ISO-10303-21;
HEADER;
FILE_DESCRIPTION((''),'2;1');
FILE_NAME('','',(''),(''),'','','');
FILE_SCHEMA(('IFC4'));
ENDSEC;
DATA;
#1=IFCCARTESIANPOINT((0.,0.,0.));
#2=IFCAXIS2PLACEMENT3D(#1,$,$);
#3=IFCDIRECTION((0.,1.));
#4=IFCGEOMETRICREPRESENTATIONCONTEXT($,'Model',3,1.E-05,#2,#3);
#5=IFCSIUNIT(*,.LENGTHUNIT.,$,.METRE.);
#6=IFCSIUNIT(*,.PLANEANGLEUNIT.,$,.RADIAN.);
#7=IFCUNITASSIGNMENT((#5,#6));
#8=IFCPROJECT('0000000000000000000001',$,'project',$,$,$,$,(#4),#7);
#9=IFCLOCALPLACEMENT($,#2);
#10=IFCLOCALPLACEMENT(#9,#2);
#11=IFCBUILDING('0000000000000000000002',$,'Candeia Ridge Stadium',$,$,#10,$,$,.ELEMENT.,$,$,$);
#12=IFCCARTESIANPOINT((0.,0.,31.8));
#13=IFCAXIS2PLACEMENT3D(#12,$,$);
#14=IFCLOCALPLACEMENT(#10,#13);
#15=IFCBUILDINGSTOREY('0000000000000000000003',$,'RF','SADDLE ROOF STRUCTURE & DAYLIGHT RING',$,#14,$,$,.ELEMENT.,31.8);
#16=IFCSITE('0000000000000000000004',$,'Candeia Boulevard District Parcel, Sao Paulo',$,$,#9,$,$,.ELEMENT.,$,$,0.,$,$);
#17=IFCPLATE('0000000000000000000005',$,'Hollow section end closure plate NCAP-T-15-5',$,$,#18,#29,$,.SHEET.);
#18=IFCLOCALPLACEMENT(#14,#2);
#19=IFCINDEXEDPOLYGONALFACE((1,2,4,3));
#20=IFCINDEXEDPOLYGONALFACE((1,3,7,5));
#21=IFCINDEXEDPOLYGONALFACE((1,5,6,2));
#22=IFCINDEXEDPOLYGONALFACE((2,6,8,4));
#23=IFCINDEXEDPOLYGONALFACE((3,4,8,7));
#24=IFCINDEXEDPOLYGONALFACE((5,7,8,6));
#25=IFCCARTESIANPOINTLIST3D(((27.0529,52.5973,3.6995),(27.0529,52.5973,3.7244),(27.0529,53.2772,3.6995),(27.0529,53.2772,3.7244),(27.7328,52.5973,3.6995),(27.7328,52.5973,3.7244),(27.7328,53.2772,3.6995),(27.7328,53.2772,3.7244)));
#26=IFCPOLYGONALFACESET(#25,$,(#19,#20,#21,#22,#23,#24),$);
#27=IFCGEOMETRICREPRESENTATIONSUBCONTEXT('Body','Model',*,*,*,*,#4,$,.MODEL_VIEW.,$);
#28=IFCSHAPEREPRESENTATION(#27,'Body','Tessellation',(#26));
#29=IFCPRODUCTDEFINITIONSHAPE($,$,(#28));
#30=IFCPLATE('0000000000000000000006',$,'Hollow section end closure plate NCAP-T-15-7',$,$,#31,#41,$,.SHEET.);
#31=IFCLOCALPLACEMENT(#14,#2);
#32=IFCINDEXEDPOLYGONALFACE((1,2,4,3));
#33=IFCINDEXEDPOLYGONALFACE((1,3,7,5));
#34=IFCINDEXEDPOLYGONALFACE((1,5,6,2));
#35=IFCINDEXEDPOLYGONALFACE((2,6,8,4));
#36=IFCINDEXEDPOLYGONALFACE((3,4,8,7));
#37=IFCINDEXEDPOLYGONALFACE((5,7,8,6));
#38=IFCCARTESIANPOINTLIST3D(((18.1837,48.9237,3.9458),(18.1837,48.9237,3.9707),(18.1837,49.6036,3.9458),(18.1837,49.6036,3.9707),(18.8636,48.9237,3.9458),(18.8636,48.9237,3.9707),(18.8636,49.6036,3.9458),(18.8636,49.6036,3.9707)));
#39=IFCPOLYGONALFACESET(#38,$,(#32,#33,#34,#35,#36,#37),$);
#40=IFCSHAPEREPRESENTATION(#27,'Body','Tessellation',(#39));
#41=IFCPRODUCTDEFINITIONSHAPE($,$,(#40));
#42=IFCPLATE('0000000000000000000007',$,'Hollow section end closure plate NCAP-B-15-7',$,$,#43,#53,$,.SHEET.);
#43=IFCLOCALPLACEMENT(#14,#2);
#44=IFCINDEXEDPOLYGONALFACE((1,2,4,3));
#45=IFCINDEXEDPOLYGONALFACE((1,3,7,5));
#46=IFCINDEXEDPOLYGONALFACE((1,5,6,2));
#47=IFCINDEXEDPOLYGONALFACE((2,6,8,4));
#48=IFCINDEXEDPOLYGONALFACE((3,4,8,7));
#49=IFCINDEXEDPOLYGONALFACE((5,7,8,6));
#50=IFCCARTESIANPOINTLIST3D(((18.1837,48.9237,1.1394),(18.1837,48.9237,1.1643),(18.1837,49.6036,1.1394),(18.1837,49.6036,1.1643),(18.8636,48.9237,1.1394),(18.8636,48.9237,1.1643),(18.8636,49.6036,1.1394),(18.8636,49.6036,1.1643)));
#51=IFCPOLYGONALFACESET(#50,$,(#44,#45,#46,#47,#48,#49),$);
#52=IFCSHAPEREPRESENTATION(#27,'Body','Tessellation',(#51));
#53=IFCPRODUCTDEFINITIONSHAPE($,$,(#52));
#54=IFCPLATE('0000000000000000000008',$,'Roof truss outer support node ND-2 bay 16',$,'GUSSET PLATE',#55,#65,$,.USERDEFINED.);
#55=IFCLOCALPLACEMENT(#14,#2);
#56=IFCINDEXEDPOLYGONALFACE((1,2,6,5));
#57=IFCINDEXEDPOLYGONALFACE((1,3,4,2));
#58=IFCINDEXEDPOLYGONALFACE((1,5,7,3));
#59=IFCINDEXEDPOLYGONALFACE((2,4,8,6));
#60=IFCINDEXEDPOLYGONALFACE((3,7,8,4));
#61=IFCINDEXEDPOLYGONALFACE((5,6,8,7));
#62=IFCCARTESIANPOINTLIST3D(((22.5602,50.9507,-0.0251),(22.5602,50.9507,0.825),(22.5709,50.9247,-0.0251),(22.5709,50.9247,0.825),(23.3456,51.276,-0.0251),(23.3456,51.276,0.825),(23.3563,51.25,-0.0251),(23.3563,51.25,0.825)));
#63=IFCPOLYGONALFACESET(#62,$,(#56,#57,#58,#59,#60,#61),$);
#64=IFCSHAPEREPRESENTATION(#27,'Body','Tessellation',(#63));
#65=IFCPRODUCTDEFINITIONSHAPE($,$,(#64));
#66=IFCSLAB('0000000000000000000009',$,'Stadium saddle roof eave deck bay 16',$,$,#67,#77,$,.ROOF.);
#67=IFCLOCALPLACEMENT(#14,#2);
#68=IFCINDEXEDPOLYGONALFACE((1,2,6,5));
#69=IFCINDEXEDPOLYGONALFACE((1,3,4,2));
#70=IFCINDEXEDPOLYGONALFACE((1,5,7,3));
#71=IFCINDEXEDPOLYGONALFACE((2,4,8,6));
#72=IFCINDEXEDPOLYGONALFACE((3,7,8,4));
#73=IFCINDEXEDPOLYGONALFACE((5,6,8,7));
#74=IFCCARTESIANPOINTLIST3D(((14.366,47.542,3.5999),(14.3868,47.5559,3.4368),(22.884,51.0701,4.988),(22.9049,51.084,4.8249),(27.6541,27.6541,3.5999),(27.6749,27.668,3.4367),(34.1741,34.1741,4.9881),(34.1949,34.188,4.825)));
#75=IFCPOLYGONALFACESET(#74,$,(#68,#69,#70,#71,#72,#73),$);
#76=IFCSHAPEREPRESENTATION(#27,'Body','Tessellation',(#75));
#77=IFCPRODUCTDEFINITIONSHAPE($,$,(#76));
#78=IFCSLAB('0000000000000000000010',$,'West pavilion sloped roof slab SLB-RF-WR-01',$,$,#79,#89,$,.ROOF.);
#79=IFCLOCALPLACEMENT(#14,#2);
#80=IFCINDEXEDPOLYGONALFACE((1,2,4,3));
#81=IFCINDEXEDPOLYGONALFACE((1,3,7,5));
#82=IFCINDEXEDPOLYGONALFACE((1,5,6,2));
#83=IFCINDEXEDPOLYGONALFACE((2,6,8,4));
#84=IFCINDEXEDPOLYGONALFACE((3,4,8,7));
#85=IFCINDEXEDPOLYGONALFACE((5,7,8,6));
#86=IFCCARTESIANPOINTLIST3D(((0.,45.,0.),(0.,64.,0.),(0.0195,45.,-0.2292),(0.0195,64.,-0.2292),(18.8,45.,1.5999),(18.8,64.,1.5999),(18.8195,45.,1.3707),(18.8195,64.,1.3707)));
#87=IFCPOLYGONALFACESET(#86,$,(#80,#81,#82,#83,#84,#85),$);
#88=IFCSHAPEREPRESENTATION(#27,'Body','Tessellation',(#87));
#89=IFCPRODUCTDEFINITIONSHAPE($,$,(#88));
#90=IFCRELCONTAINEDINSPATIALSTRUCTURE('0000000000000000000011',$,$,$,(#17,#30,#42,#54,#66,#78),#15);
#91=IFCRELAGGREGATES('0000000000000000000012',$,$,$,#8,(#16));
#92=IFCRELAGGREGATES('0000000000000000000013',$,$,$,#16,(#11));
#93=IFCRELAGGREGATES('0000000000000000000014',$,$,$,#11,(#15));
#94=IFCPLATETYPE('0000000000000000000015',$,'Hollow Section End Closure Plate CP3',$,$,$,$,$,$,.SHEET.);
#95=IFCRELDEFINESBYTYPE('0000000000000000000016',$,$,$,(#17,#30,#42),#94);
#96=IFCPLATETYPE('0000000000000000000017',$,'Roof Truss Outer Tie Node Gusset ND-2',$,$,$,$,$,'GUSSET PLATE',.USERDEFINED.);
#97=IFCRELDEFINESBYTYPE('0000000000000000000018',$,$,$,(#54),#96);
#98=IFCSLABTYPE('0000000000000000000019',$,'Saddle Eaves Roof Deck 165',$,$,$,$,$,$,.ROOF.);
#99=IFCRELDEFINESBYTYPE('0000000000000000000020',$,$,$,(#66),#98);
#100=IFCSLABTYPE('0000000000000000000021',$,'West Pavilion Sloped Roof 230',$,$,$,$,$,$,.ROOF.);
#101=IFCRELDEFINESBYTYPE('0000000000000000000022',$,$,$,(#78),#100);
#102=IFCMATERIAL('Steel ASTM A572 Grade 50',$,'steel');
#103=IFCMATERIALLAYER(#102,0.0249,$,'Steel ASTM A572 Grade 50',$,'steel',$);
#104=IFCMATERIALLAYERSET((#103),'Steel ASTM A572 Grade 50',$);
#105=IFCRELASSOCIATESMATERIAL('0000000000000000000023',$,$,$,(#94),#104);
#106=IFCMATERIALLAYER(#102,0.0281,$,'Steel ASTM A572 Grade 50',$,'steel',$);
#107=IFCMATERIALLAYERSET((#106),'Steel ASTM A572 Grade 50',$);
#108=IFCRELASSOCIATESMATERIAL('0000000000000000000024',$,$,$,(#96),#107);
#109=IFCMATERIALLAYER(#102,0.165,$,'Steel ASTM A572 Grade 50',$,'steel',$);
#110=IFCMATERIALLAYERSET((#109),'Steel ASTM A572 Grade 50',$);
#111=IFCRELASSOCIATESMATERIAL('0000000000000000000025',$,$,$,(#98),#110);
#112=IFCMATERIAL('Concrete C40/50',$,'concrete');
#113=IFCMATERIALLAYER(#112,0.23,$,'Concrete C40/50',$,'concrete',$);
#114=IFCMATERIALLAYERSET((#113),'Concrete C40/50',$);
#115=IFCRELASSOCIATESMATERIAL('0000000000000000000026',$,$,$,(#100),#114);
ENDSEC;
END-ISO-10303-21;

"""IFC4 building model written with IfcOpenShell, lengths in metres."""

from ifc_helpers import new_model, si_unit, direction, frame, origin, origin_2d, place, context, subcontext, project, spatial, polyline, rectangle, outline, extrude, material, layer, layer_set, type_object, element, save


model = new_model("IFC4")

# Units and contexts
model_context = context("Model", 3, precision=1e-05, world=origin(), true_north=direction((0.0, 1.0)))
body_context = subcontext(model_context, "Body", "Model", "MODEL_VIEW")
ifc_project = project(units=[si_unit("LENGTHUNIT", "METRE"), si_unit("PLANEANGLEUNIT", "RADIAN")], contexts=[model_context])

# Site, building, storey
site_placement = place(None, origin())
site = spatial("IfcSite", under=ifc_project, at=site_placement, Name="Candeia Boulevard District Parcel, Sao Paulo", CompositionType="ELEMENT", RefElevation=0.0)
building_placement = place(site_placement, origin())
building = spatial("IfcBuilding", under=site, at=building_placement, Name="Candeia Ridge Stadium", CompositionType="ELEMENT")
storey_placement = place(building_placement, frame((0.0, 0.0, 31.8)))
storey = spatial("IfcBuildingStorey", under=building, at=storey_placement, Name="RF", Description="SADDLE ROOF STRUCTURE & DAYLIGHT RING", CompositionType="ELEMENT", Elevation=31.8)

# Shared definitions
ifc_material_1 = material(Name="Steel ASTM A572 Grade 50", Category="steel")

# Plates
ifc_layer_1 = layer(ifc_material_1, 0.0249, Name="Steel ASTM A572 Grade 50", Category="steel")
ifc_layer_set_1 = layer_set([ifc_layer_1], Name="Steel ASTM A572 Grade 50")
plate_type_1 = type_object("IfcPlateType", Name="Hollow Section End Closure Plate CP3", PredefinedType="SHEET", material=ifc_layer_set_1)
for number, where, z_axis, x_axis, name in (
    (1, (27.3928, 52.9373, 3.6995), (0.0, 0.0, 1.0), (1.0, 0.0, 0.0), "Hollow section end closure plate NCAP-T-15-5"),
    (2, (18.5237, 49.2637, 3.9458), (0.0, 0.0, 1.0), (1.0, 0.0, 0.0), "Hollow section end closure plate NCAP-T-15-7"),
    (3, (18.5237, 49.2637, 1.1394), (0.0, 0.0, 1.0), (1.0, 0.0, 0.0), "Hollow section end closure plate NCAP-B-15-7"),
):
    element("IfcPlate", number, at=place(storey_placement, frame(where, z_axis=z_axis, x_axis=x_axis)), inside=storey, type_object=plate_type_1, Name=name, PredefinedType="SHEET", context=body_context, shape_type="SweptSolid", body=[
        extrude(rectangle(XDim=0.6799, YDim=0.6799, at=origin_2d()), origin(), (0.0, 0.0, 1.0), 0.0249),
    ])
ifc_layer_2 = layer(ifc_material_1, 0.0281, Name="Steel ASTM A572 Grade 50", Category="steel")
ifc_layer_set_2 = layer_set([ifc_layer_2], Name="Steel ASTM A572 Grade 50")
plate_type_2 = type_object("IfcPlateType", Name="Roof Truss Outer Tie Node Gusset ND-2", ElementType="GUSSET PLATE", PredefinedType="USERDEFINED", material=ifc_layer_set_2)
plate_1_placement = place(storey_placement, frame((22.9583, 51.1003, -0.0251), z_axis=(0.0, 0.0, 1.0), x_axis=(-0.92388, -0.382683, 0.0)))
element("IfcPlate", 4, at=plate_1_placement, inside=storey, type_object=plate_type_2, Name="Roof truss outer support node ND-2 bay 16", ObjectType="GUSSET PLATE", PredefinedType="USERDEFINED", context=body_context, shape_type="SweptSolid", body=[
    extrude(rectangle(XDim=0.8501, YDim=0.0281, at=origin_2d()), origin(), (0.0, 0.0, 1.0), 0.8501),
])

# Slabs
ifc_layer_3 = layer(ifc_material_1, 0.165, Name="Steel ASTM A572 Grade 50", Category="steel")
ifc_layer_set_3 = layer_set([ifc_layer_3], Name="Steel ASTM A572 Grade 50")
slab_type_1 = type_object("IfcSlabType", Name="Saddle Eaves Roof Deck 165", PredefinedType="ROOF", material=ifc_layer_set_3)
slab_1_placement = place(storey_placement, frame((22.884, 51.0701, 4.988), z_axis=(-0.12616, -0.084297, 0.988422), x_axis=(0.555587, -0.831459, 0.000003)))
element("IfcSlab", 5, at=slab_1_placement, inside=storey, type_object=slab_type_1, Name="Stadium saddle roof eave deck bay 16", PredefinedType="ROOF", context=body_context, shape_type="SweptSolid", body=[
    extrude(outline(polyline([(0.0, 0.0), (20.3209, 0.0), (22.1196, -9.1495), (-1.7991, -9.1485), (0.0, 0.0)])), origin(), (0.0, 0.0, -1.0), 0.165),
])
ifc_material_2 = material(Name="Concrete C40/50", Category="concrete")
ifc_layer_4 = layer(ifc_material_2, 0.23, Name="Concrete C40/50", Category="concrete")
ifc_layer_set_4 = layer_set([ifc_layer_4], Name="Concrete C40/50")
slab_type_2 = type_object("IfcSlabType", Name="West Pavilion Sloped Roof 230", PredefinedType="ROOF", material=ifc_layer_set_4)
slab_2_placement = place(storey_placement, frame((0.0, 45.0, 0.0), z_axis=(-0.084792, 0.0, 0.996399), x_axis=(0.996399, 0.0, 0.084792)))
element("IfcSlab", 6, at=slab_2_placement, inside=storey, type_object=slab_type_2, Name="West pavilion sloped roof slab SLB-RF-WR-01", PredefinedType="ROOF", context=body_context, shape_type="SweptSolid", body=[
    extrude(outline(polyline([(0.0, 0.0), (18.868, 0.0), (18.868, 19.0), (0.0, 19.0), (0.0, 0.0)])), origin(), (0.0, 0.0, -1.0), 0.23),
])

save(model, "model.ifc")
